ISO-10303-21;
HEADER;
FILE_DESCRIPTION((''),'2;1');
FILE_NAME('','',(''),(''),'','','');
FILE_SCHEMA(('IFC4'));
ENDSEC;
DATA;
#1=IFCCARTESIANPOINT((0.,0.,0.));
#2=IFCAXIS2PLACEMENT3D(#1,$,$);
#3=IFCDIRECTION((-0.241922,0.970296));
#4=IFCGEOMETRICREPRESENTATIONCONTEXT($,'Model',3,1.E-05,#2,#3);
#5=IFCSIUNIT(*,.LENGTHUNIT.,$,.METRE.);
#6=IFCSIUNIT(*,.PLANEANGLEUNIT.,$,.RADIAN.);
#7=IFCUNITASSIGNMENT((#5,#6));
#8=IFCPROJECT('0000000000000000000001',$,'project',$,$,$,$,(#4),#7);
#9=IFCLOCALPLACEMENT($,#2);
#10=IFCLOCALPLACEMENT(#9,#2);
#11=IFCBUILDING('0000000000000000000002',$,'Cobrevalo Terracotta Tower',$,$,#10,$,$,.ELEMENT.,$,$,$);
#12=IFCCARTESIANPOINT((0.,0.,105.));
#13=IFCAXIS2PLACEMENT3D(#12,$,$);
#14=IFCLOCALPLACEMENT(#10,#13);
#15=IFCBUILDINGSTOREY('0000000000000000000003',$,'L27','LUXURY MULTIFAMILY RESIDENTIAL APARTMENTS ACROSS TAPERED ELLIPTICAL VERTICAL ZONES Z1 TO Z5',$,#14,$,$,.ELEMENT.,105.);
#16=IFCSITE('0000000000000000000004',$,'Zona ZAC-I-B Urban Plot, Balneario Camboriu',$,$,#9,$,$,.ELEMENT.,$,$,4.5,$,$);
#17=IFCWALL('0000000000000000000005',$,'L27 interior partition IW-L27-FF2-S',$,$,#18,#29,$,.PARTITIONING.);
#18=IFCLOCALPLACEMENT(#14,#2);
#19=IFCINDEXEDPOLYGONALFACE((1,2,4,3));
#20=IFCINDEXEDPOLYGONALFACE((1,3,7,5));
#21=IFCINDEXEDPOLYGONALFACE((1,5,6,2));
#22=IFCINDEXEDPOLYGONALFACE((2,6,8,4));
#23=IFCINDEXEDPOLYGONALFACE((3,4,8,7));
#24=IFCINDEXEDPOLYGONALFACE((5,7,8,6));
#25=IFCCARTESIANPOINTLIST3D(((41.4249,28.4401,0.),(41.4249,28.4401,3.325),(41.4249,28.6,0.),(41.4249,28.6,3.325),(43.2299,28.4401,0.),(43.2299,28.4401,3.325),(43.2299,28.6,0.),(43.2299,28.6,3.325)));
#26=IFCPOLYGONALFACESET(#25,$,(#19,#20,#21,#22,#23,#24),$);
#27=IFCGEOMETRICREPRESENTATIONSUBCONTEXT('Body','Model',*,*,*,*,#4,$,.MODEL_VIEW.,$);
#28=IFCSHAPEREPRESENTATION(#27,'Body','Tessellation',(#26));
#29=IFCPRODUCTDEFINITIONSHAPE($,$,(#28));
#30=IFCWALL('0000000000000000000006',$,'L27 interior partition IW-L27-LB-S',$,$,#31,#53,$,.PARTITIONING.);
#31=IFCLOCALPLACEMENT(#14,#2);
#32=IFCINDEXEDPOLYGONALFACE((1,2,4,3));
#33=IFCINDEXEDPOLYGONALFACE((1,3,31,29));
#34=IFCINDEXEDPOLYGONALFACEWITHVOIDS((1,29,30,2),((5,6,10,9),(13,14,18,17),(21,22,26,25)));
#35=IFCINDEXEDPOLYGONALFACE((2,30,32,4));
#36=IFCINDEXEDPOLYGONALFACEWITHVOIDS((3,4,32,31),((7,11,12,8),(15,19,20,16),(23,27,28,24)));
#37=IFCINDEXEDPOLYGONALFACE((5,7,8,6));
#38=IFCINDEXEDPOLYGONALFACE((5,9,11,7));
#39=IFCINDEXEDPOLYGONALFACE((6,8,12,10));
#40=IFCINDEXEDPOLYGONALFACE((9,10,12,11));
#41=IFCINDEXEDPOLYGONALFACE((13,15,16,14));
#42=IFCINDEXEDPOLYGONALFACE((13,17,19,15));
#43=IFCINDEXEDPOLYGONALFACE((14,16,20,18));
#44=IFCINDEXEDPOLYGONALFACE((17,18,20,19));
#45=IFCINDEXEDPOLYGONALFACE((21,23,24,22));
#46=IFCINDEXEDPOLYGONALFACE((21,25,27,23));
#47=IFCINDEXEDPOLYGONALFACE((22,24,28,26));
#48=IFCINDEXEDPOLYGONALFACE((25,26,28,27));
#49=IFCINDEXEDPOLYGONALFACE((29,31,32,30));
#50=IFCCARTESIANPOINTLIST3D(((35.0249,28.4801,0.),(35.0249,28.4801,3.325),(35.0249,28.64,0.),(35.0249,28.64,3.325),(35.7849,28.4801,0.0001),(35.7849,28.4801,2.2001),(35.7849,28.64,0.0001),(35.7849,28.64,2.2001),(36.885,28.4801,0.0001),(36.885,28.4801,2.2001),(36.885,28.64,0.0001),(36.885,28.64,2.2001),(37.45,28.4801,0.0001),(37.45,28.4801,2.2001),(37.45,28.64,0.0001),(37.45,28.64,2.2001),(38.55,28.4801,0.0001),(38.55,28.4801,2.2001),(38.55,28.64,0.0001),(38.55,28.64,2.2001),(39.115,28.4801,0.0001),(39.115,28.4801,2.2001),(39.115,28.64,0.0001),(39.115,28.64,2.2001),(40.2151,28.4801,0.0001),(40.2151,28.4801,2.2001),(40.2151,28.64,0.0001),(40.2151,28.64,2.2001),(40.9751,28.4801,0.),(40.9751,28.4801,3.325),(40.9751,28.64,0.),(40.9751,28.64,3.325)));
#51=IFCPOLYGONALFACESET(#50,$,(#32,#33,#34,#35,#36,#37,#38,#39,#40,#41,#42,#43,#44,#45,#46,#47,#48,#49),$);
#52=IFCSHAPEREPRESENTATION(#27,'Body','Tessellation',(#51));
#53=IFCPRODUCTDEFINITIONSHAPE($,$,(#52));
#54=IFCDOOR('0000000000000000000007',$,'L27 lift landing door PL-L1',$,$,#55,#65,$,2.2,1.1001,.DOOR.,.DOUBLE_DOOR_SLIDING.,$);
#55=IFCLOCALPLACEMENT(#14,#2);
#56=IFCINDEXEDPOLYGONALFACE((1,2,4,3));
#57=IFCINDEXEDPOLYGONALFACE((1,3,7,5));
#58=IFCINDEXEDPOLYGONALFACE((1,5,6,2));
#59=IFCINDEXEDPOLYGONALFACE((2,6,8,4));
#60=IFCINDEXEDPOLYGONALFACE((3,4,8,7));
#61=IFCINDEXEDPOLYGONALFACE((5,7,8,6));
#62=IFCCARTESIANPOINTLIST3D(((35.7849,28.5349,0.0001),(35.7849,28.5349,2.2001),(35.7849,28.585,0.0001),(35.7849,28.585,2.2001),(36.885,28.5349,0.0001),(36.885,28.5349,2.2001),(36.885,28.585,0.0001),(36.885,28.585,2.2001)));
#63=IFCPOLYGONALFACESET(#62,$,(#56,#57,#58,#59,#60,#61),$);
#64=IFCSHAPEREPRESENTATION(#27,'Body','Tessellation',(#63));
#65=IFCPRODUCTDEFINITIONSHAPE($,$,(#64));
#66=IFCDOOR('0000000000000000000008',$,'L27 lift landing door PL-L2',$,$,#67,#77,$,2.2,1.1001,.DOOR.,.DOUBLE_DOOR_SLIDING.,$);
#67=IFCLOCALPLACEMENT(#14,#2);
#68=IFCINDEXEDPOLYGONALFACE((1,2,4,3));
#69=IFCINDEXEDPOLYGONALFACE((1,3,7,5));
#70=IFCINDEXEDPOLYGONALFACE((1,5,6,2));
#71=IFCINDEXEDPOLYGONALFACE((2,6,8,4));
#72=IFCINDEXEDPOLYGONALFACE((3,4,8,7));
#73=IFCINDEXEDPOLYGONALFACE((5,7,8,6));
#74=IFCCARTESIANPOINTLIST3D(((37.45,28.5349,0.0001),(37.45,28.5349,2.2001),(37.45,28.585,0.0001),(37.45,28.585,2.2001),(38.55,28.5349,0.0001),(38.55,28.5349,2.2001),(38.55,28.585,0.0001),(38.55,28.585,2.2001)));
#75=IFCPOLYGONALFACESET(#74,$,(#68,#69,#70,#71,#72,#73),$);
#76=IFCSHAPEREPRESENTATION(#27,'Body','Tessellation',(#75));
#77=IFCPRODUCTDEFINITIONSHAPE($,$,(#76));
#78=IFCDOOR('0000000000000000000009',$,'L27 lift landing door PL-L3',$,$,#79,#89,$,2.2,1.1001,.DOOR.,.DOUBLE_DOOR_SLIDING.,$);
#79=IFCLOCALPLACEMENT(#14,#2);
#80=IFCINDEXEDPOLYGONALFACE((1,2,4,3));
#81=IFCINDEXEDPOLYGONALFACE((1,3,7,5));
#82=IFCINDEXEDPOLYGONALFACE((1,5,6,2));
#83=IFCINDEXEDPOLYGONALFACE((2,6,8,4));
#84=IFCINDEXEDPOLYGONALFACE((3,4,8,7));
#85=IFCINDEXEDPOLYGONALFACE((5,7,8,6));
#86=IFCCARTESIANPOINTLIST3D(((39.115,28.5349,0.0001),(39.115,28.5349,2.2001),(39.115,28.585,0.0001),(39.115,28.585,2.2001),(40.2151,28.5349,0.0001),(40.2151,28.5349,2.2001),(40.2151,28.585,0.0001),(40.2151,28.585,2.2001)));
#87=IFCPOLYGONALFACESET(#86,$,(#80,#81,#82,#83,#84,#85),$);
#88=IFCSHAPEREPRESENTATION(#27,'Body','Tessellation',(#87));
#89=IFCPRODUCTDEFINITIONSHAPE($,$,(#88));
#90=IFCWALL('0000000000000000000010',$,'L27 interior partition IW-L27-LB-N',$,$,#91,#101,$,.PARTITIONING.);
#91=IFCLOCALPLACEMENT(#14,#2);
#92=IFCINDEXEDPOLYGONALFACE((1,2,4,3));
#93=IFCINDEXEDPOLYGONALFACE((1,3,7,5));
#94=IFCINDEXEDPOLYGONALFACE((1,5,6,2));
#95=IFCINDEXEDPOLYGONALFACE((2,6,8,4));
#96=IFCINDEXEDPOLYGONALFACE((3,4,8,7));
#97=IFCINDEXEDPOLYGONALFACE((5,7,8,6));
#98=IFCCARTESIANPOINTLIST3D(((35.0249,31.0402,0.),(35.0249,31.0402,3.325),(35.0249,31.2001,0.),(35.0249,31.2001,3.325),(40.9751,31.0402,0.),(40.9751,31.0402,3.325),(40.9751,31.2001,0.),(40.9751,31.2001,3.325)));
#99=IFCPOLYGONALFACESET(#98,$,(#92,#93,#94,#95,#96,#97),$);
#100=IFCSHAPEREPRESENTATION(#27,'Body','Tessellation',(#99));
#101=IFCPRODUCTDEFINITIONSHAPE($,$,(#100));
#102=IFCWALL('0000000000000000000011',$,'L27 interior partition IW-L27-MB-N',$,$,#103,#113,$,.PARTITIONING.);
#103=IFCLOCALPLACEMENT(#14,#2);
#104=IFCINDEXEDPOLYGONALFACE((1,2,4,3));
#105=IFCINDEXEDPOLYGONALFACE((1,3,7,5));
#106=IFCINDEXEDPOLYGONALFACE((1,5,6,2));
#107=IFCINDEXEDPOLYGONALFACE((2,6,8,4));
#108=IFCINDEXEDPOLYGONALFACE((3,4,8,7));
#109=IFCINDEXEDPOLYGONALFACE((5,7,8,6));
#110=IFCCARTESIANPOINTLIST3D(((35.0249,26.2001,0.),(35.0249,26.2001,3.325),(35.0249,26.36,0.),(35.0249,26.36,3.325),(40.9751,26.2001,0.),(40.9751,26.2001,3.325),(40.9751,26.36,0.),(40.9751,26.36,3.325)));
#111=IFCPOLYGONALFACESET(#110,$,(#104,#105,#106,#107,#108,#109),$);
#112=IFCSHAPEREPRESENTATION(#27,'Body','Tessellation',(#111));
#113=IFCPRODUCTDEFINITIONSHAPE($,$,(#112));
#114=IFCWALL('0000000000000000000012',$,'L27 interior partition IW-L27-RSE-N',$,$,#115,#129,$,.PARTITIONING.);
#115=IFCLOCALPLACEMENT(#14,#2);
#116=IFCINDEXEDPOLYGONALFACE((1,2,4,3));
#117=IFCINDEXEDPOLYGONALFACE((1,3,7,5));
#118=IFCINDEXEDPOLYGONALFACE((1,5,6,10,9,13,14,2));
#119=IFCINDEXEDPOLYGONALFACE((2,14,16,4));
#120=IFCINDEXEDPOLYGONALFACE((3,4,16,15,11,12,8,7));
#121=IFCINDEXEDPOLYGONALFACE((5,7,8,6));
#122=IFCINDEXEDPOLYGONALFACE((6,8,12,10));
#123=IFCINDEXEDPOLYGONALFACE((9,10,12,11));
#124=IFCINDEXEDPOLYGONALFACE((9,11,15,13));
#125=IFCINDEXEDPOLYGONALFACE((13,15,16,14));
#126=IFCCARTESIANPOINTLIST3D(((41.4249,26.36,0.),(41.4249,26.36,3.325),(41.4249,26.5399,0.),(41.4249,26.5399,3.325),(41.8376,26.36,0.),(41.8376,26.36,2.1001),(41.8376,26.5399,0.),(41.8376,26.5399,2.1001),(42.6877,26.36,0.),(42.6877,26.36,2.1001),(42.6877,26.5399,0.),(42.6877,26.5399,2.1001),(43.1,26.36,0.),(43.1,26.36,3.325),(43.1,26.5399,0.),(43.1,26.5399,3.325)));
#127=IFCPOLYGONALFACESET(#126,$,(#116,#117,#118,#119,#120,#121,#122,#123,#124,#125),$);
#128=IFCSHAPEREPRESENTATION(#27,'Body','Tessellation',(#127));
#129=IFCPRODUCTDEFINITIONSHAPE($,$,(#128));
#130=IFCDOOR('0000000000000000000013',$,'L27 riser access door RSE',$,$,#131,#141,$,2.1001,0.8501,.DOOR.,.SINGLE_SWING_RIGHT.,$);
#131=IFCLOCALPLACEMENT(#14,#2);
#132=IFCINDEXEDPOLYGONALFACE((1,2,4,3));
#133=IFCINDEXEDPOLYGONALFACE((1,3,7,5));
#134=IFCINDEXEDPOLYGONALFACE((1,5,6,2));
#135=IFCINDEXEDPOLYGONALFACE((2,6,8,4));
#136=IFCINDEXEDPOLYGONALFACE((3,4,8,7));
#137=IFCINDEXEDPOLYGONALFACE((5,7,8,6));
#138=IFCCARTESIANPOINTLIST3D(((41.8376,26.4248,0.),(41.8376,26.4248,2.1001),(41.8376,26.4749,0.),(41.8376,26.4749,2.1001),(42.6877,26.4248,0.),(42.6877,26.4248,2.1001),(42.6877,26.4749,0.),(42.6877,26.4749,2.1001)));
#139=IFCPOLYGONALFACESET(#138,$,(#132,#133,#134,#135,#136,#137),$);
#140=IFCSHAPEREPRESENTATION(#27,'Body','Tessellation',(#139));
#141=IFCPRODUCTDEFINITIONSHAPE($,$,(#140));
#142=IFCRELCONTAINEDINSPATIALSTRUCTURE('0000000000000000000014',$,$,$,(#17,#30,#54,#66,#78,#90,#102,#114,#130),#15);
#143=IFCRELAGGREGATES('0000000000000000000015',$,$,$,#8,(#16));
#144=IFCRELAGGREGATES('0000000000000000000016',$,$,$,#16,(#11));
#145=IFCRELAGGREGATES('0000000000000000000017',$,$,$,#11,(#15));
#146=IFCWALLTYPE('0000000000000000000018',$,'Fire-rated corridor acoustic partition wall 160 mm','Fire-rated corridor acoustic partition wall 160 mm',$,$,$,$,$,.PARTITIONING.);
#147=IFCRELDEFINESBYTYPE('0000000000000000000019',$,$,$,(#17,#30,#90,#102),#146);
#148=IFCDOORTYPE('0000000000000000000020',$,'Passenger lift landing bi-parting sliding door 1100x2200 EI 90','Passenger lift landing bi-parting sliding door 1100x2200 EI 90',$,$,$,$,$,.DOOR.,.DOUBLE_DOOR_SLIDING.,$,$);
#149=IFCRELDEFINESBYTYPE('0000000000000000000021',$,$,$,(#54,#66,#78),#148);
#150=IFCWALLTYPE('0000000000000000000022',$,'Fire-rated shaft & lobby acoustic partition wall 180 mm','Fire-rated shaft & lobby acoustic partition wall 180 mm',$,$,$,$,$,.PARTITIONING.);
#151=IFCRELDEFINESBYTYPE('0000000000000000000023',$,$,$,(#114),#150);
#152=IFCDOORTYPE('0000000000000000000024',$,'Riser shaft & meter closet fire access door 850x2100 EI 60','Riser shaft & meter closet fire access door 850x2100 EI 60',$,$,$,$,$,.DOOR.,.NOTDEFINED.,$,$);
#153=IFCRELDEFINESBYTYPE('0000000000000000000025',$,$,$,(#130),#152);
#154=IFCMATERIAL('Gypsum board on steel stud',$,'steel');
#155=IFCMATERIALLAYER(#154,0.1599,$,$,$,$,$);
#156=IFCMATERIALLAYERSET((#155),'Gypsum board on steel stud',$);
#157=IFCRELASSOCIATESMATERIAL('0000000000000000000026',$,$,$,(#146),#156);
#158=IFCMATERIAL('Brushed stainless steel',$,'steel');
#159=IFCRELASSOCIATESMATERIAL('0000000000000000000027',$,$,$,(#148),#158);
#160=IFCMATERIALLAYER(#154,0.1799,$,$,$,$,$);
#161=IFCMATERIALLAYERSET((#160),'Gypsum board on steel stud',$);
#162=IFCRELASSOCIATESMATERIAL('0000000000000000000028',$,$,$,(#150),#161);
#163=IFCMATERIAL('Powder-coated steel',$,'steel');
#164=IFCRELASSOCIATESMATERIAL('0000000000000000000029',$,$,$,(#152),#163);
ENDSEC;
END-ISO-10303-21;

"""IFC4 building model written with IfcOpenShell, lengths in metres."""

from ifc_helpers import new_model, si_unit, direction, frame, frame_2d, origin, place, context, subcontext, project, spatial, rectangle, extrude, source, transform, mapped, material, layer, layer_set, type_object, element, fill, save


model = new_model("IFC4")

# Units and contexts
model_context = context("Model", 3, precision=1e-05, world=origin(), true_north=direction((-0.241922, 0.970296)))
body_context = subcontext(model_context, "Body", "Model", "MODEL_VIEW")
ifc_project = project(units=[si_unit("LENGTHUNIT", "METRE"), si_unit("PLANEANGLEUNIT", "RADIAN")], contexts=[model_context])

# Site, building, storey
site_placement = place(None, origin())
site = spatial("IfcSite", under=ifc_project, at=site_placement, Name="Zona ZAC-I-B Urban Plot, Balneario Camboriu", CompositionType="ELEMENT", RefElevation=4.5)
building_placement = place(site_placement, origin())
building = spatial("IfcBuilding", under=site, at=building_placement, Name="Cobrevalo Terracotta Tower", CompositionType="ELEMENT")
storey_placement = place(building_placement, frame((0.0, 0.0, 105.0)))
storey = spatial("IfcBuildingStorey", under=building, at=storey_placement, Name="L27", Description="LUXURY MULTIFAMILY RESIDENTIAL APARTMENTS ACROSS TAPERED ELLIPTICAL VERTICAL ZONES Z1 TO Z5", CompositionType="ELEMENT", Elevation=105.0)

# Wall
ifc_material_1 = material(Name="Gypsum board on steel stud", Category="steel")
ifc_layer_1 = layer(ifc_material_1, 0.1599)
ifc_layer_set_1 = layer_set([ifc_layer_1], Name="Gypsum board on steel stud")
wall_type_1 = type_object("IfcWallType", Name="Fire-rated corridor acoustic partition wall 160 mm", Description="Fire-rated corridor acoustic partition wall 160 mm", PredefinedType="PARTITIONING", material=ifc_layer_set_1)
wall_1_placement = place(storey_placement, frame((41.425, 28.52, 0.0), z_axis=(0.0, 0.0, 1.0), x_axis=(1.0, 0.0, 0.0)))
element("IfcWall", 1, at=wall_1_placement, inside=storey, type_object=wall_type_1, Name="L27 interior partition IW-L27-FF2-S", PredefinedType="PARTITIONING", context=body_context, shape_type="SweptSolid", body=[
    extrude(rectangle(XDim=1.8049, YDim=0.1599, at=frame_2d((0.9023, 0.0))), origin(), (0.0, 0.0, 1.0), 3.325),
])

# Wall, openings, doors
wall_2_placement = place(storey_placement, frame((35.0249, 28.5601, 0.0), z_axis=(0.0, 0.0, 1.0), x_axis=(1.0, 0.0, 0.0)))
wall_2 = element("IfcWall", 2, at=wall_2_placement, inside=storey, type_object=wall_type_1, Name="L27 interior partition IW-L27-LB-S", PredefinedType="PARTITIONING", context=body_context, shape_type="SweptSolid", body=[
    extrude(rectangle(XDim=5.9502, YDim=0.1599, at=frame_2d((2.9751, 0.0))), origin(), (0.0, 0.0, 1.0), 3.325),
])
opening_1_placement = place(wall_2_placement, frame((0.76, 0.0, 0.0)))
opening_1 = element("IfcOpeningElement", 3, at=opening_1_placement, cuts=wall_2, PredefinedType="OPENING", context=body_context, shape_type="SweptSolid", body=[
    extrude(rectangle(XDim=1.1001, YDim=2.2, at=frame_2d((0.55, 1.1001))), frame((0.0, 0.0898, 0.0), z_axis=(0.0, -1.0, 0.0), x_axis=(1.0, 0.0, 0.0)), (0.0, 0.0, 1.0), 0.1799),
])
opening_2_placement = place(wall_2_placement, frame((2.425, 0.0, 0.0)))
opening_2 = element("IfcOpeningElement", 4, at=opening_2_placement, cuts=wall_2, PredefinedType="OPENING", context=body_context, shape_type="SweptSolid", body=[
    extrude(rectangle(XDim=1.1001, YDim=2.2, at=frame_2d((0.55, 1.1001))), frame((0.0, 0.0898, 0.0), z_axis=(0.0, -1.0, 0.0), x_axis=(1.0, 0.0, 0.0)), (0.0, 0.0, 1.0), 0.1799),
])
opening_3_placement = place(wall_2_placement, frame((4.0901, 0.0, 0.0)))
opening_3 = element("IfcOpeningElement", 5, at=opening_3_placement, cuts=wall_2, PredefinedType="OPENING", context=body_context, shape_type="SweptSolid", body=[
    extrude(rectangle(XDim=1.1001, YDim=2.2, at=frame_2d((0.55, 1.1001))), frame((0.0, 0.0898, 0.0), z_axis=(0.0, -1.0, 0.0), x_axis=(1.0, 0.0, 0.0)), (0.0, 0.0, 1.0), 0.1799),
])
ifc_material_2 = material(Name="Brushed stainless steel", Category="steel")
door_type_1 = type_object("IfcDoorType", Name="Passenger lift landing bi-parting sliding door 1100x2200 EI 90", Description="Passenger lift landing bi-parting sliding door 1100x2200 EI 90", OperationType="DOUBLE_DOOR_SLIDING", PredefinedType="DOOR", material=ifc_material_2)
shared_shape_1 = source(origin(), body_context, "Body", "SweptSolid", [
    extrude(rectangle(XDim=1.1001, YDim=2.2, at=frame_2d((0.55, 1.1001))), frame((0.0, 0.0249, 0.0), z_axis=(0.0, -1.0, 0.0), x_axis=(1.0, 0.0, 0.0)), (0.0, 0.0, 1.0), 0.05),
])
door_1_placement = place(opening_1_placement, origin())
door_1 = element("IfcDoor", 6, at=door_1_placement, inside=storey, type_object=door_type_1, Name="L27 lift landing door PL-L1", OperationType="DOUBLE_DOOR_SLIDING", OverallHeight=2.2, OverallWidth=1.1001, PredefinedType="DOOR", context=body_context, shape_type="MappedRepresentation", body=[
    mapped(shared_shape_1, transform((0.0, 0.0, 0.0), scale=1.0)),
])
fill(opening_1, door_1)
door_2_placement = place(opening_2_placement, origin())
door_2 = element("IfcDoor", 7, at=door_2_placement, inside=storey, type_object=door_type_1, Name="L27 lift landing door PL-L2", OperationType="DOUBLE_DOOR_SLIDING", OverallHeight=2.2, OverallWidth=1.1001, PredefinedType="DOOR", context=body_context, shape_type="MappedRepresentation", body=[
    mapped(shared_shape_1, transform((0.0, 0.0, 0.0), scale=1.0)),
])
fill(opening_2, door_2)
door_3_placement = place(opening_3_placement, origin())
door_3 = element("IfcDoor", 8, at=door_3_placement, inside=storey, type_object=door_type_1, Name="L27 lift landing door PL-L3", OperationType="DOUBLE_DOOR_SLIDING", OverallHeight=2.2, OverallWidth=1.1001, PredefinedType="DOOR", context=body_context, shape_type="MappedRepresentation", body=[
    mapped(shared_shape_1, transform((0.0, 0.0, 0.0), scale=1.0)),
])
fill(opening_3, door_3)

# Walls
for number, where, z_axis, x_axis, name in (
    (9, (35.0249, 31.1201, 0.0), (0.0, 0.0, 1.0), (1.0, 0.0, 0.0), "L27 interior partition IW-L27-LB-N"),
    (10, (35.0249, 26.28, 0.0), (0.0, 0.0, 1.0), (1.0, 0.0, 0.0), "L27 interior partition IW-L27-MB-N"),
):
    element("IfcWall", number, at=place(storey_placement, frame(where, z_axis=z_axis, x_axis=x_axis)), inside=storey, type_object=wall_type_1, Name=name, PredefinedType="PARTITIONING", context=body_context, shape_type="SweptSolid", body=[
        extrude(rectangle(XDim=5.9502, YDim=0.1599, at=frame_2d((2.9751, 0.0))), origin(), (0.0, 0.0, 1.0), 3.325),
    ])

# Wall, opening, door
ifc_layer_2 = layer(ifc_material_1, 0.1799)
ifc_layer_set_2 = layer_set([ifc_layer_2], Name="Gypsum board on steel stud")
wall_type_2 = type_object("IfcWallType", Name="Fire-rated shaft & lobby acoustic partition wall 180 mm", Description="Fire-rated shaft & lobby acoustic partition wall 180 mm", PredefinedType="PARTITIONING", material=ifc_layer_set_2)
wall_3_placement = place(storey_placement, frame((41.425, 26.45, 0.0), z_axis=(0.0, 0.0, 1.0), x_axis=(1.0, 0.0, 0.0)))
wall_3 = element("IfcWall", 11, at=wall_3_placement, inside=storey, type_object=wall_type_2, Name="L27 interior partition IW-L27-RSE-N", PredefinedType="PARTITIONING", context=body_context, shape_type="SweptSolid", body=[
    extrude(rectangle(XDim=1.675, YDim=0.1799, at=frame_2d((0.8374, 0.0))), origin(), (0.0, 0.0, 1.0), 3.325),
])
opening_4_placement = place(wall_3_placement, frame((0.4126, 0.0, 0.0)))
opening_4 = element("IfcOpeningElement", 12, at=opening_4_placement, cuts=wall_3, PredefinedType="OPENING", context=body_context, shape_type="SweptSolid", body=[
    extrude(rectangle(XDim=0.8501, YDim=2.1001, at=frame_2d((0.425, 1.05))), frame((0.0, 0.1001, 0.0), z_axis=(0.0, -1.0, 0.0), x_axis=(1.0, 0.0, 0.0)), (0.0, 0.0, 1.0), 0.2),
])
ifc_material_3 = material(Name="Powder-coated steel", Category="steel")
door_type_2 = type_object("IfcDoorType", Name="Riser shaft & meter closet fire access door 850x2100 EI 60", Description="Riser shaft & meter closet fire access door 850x2100 EI 60", OperationType="NOTDEFINED", PredefinedType="DOOR", material=ifc_material_3)
shared_shape_2 = source(origin(), body_context, "Body", "SweptSolid", [
    extrude(rectangle(XDim=0.8501, YDim=2.1001, at=frame_2d((0.425, 1.05))), frame((0.0, 0.0249, 0.0), z_axis=(0.0, -1.0, 0.0), x_axis=(1.0, 0.0, 0.0)), (0.0, 0.0, 1.0), 0.05),
])
door_4_placement = place(opening_4_placement, origin())
door_4 = element("IfcDoor", 13, at=door_4_placement, inside=storey, type_object=door_type_2, Name="L27 riser access door RSE", OperationType="SINGLE_SWING_RIGHT", OverallHeight=2.1001, OverallWidth=0.8501, PredefinedType="DOOR", context=body_context, shape_type="MappedRepresentation", body=[
    mapped(shared_shape_2, transform((0.0, 0.0, 0.0), scale=1.0)),
])
fill(opening_4, door_4)

save(model, "model.ifc")
